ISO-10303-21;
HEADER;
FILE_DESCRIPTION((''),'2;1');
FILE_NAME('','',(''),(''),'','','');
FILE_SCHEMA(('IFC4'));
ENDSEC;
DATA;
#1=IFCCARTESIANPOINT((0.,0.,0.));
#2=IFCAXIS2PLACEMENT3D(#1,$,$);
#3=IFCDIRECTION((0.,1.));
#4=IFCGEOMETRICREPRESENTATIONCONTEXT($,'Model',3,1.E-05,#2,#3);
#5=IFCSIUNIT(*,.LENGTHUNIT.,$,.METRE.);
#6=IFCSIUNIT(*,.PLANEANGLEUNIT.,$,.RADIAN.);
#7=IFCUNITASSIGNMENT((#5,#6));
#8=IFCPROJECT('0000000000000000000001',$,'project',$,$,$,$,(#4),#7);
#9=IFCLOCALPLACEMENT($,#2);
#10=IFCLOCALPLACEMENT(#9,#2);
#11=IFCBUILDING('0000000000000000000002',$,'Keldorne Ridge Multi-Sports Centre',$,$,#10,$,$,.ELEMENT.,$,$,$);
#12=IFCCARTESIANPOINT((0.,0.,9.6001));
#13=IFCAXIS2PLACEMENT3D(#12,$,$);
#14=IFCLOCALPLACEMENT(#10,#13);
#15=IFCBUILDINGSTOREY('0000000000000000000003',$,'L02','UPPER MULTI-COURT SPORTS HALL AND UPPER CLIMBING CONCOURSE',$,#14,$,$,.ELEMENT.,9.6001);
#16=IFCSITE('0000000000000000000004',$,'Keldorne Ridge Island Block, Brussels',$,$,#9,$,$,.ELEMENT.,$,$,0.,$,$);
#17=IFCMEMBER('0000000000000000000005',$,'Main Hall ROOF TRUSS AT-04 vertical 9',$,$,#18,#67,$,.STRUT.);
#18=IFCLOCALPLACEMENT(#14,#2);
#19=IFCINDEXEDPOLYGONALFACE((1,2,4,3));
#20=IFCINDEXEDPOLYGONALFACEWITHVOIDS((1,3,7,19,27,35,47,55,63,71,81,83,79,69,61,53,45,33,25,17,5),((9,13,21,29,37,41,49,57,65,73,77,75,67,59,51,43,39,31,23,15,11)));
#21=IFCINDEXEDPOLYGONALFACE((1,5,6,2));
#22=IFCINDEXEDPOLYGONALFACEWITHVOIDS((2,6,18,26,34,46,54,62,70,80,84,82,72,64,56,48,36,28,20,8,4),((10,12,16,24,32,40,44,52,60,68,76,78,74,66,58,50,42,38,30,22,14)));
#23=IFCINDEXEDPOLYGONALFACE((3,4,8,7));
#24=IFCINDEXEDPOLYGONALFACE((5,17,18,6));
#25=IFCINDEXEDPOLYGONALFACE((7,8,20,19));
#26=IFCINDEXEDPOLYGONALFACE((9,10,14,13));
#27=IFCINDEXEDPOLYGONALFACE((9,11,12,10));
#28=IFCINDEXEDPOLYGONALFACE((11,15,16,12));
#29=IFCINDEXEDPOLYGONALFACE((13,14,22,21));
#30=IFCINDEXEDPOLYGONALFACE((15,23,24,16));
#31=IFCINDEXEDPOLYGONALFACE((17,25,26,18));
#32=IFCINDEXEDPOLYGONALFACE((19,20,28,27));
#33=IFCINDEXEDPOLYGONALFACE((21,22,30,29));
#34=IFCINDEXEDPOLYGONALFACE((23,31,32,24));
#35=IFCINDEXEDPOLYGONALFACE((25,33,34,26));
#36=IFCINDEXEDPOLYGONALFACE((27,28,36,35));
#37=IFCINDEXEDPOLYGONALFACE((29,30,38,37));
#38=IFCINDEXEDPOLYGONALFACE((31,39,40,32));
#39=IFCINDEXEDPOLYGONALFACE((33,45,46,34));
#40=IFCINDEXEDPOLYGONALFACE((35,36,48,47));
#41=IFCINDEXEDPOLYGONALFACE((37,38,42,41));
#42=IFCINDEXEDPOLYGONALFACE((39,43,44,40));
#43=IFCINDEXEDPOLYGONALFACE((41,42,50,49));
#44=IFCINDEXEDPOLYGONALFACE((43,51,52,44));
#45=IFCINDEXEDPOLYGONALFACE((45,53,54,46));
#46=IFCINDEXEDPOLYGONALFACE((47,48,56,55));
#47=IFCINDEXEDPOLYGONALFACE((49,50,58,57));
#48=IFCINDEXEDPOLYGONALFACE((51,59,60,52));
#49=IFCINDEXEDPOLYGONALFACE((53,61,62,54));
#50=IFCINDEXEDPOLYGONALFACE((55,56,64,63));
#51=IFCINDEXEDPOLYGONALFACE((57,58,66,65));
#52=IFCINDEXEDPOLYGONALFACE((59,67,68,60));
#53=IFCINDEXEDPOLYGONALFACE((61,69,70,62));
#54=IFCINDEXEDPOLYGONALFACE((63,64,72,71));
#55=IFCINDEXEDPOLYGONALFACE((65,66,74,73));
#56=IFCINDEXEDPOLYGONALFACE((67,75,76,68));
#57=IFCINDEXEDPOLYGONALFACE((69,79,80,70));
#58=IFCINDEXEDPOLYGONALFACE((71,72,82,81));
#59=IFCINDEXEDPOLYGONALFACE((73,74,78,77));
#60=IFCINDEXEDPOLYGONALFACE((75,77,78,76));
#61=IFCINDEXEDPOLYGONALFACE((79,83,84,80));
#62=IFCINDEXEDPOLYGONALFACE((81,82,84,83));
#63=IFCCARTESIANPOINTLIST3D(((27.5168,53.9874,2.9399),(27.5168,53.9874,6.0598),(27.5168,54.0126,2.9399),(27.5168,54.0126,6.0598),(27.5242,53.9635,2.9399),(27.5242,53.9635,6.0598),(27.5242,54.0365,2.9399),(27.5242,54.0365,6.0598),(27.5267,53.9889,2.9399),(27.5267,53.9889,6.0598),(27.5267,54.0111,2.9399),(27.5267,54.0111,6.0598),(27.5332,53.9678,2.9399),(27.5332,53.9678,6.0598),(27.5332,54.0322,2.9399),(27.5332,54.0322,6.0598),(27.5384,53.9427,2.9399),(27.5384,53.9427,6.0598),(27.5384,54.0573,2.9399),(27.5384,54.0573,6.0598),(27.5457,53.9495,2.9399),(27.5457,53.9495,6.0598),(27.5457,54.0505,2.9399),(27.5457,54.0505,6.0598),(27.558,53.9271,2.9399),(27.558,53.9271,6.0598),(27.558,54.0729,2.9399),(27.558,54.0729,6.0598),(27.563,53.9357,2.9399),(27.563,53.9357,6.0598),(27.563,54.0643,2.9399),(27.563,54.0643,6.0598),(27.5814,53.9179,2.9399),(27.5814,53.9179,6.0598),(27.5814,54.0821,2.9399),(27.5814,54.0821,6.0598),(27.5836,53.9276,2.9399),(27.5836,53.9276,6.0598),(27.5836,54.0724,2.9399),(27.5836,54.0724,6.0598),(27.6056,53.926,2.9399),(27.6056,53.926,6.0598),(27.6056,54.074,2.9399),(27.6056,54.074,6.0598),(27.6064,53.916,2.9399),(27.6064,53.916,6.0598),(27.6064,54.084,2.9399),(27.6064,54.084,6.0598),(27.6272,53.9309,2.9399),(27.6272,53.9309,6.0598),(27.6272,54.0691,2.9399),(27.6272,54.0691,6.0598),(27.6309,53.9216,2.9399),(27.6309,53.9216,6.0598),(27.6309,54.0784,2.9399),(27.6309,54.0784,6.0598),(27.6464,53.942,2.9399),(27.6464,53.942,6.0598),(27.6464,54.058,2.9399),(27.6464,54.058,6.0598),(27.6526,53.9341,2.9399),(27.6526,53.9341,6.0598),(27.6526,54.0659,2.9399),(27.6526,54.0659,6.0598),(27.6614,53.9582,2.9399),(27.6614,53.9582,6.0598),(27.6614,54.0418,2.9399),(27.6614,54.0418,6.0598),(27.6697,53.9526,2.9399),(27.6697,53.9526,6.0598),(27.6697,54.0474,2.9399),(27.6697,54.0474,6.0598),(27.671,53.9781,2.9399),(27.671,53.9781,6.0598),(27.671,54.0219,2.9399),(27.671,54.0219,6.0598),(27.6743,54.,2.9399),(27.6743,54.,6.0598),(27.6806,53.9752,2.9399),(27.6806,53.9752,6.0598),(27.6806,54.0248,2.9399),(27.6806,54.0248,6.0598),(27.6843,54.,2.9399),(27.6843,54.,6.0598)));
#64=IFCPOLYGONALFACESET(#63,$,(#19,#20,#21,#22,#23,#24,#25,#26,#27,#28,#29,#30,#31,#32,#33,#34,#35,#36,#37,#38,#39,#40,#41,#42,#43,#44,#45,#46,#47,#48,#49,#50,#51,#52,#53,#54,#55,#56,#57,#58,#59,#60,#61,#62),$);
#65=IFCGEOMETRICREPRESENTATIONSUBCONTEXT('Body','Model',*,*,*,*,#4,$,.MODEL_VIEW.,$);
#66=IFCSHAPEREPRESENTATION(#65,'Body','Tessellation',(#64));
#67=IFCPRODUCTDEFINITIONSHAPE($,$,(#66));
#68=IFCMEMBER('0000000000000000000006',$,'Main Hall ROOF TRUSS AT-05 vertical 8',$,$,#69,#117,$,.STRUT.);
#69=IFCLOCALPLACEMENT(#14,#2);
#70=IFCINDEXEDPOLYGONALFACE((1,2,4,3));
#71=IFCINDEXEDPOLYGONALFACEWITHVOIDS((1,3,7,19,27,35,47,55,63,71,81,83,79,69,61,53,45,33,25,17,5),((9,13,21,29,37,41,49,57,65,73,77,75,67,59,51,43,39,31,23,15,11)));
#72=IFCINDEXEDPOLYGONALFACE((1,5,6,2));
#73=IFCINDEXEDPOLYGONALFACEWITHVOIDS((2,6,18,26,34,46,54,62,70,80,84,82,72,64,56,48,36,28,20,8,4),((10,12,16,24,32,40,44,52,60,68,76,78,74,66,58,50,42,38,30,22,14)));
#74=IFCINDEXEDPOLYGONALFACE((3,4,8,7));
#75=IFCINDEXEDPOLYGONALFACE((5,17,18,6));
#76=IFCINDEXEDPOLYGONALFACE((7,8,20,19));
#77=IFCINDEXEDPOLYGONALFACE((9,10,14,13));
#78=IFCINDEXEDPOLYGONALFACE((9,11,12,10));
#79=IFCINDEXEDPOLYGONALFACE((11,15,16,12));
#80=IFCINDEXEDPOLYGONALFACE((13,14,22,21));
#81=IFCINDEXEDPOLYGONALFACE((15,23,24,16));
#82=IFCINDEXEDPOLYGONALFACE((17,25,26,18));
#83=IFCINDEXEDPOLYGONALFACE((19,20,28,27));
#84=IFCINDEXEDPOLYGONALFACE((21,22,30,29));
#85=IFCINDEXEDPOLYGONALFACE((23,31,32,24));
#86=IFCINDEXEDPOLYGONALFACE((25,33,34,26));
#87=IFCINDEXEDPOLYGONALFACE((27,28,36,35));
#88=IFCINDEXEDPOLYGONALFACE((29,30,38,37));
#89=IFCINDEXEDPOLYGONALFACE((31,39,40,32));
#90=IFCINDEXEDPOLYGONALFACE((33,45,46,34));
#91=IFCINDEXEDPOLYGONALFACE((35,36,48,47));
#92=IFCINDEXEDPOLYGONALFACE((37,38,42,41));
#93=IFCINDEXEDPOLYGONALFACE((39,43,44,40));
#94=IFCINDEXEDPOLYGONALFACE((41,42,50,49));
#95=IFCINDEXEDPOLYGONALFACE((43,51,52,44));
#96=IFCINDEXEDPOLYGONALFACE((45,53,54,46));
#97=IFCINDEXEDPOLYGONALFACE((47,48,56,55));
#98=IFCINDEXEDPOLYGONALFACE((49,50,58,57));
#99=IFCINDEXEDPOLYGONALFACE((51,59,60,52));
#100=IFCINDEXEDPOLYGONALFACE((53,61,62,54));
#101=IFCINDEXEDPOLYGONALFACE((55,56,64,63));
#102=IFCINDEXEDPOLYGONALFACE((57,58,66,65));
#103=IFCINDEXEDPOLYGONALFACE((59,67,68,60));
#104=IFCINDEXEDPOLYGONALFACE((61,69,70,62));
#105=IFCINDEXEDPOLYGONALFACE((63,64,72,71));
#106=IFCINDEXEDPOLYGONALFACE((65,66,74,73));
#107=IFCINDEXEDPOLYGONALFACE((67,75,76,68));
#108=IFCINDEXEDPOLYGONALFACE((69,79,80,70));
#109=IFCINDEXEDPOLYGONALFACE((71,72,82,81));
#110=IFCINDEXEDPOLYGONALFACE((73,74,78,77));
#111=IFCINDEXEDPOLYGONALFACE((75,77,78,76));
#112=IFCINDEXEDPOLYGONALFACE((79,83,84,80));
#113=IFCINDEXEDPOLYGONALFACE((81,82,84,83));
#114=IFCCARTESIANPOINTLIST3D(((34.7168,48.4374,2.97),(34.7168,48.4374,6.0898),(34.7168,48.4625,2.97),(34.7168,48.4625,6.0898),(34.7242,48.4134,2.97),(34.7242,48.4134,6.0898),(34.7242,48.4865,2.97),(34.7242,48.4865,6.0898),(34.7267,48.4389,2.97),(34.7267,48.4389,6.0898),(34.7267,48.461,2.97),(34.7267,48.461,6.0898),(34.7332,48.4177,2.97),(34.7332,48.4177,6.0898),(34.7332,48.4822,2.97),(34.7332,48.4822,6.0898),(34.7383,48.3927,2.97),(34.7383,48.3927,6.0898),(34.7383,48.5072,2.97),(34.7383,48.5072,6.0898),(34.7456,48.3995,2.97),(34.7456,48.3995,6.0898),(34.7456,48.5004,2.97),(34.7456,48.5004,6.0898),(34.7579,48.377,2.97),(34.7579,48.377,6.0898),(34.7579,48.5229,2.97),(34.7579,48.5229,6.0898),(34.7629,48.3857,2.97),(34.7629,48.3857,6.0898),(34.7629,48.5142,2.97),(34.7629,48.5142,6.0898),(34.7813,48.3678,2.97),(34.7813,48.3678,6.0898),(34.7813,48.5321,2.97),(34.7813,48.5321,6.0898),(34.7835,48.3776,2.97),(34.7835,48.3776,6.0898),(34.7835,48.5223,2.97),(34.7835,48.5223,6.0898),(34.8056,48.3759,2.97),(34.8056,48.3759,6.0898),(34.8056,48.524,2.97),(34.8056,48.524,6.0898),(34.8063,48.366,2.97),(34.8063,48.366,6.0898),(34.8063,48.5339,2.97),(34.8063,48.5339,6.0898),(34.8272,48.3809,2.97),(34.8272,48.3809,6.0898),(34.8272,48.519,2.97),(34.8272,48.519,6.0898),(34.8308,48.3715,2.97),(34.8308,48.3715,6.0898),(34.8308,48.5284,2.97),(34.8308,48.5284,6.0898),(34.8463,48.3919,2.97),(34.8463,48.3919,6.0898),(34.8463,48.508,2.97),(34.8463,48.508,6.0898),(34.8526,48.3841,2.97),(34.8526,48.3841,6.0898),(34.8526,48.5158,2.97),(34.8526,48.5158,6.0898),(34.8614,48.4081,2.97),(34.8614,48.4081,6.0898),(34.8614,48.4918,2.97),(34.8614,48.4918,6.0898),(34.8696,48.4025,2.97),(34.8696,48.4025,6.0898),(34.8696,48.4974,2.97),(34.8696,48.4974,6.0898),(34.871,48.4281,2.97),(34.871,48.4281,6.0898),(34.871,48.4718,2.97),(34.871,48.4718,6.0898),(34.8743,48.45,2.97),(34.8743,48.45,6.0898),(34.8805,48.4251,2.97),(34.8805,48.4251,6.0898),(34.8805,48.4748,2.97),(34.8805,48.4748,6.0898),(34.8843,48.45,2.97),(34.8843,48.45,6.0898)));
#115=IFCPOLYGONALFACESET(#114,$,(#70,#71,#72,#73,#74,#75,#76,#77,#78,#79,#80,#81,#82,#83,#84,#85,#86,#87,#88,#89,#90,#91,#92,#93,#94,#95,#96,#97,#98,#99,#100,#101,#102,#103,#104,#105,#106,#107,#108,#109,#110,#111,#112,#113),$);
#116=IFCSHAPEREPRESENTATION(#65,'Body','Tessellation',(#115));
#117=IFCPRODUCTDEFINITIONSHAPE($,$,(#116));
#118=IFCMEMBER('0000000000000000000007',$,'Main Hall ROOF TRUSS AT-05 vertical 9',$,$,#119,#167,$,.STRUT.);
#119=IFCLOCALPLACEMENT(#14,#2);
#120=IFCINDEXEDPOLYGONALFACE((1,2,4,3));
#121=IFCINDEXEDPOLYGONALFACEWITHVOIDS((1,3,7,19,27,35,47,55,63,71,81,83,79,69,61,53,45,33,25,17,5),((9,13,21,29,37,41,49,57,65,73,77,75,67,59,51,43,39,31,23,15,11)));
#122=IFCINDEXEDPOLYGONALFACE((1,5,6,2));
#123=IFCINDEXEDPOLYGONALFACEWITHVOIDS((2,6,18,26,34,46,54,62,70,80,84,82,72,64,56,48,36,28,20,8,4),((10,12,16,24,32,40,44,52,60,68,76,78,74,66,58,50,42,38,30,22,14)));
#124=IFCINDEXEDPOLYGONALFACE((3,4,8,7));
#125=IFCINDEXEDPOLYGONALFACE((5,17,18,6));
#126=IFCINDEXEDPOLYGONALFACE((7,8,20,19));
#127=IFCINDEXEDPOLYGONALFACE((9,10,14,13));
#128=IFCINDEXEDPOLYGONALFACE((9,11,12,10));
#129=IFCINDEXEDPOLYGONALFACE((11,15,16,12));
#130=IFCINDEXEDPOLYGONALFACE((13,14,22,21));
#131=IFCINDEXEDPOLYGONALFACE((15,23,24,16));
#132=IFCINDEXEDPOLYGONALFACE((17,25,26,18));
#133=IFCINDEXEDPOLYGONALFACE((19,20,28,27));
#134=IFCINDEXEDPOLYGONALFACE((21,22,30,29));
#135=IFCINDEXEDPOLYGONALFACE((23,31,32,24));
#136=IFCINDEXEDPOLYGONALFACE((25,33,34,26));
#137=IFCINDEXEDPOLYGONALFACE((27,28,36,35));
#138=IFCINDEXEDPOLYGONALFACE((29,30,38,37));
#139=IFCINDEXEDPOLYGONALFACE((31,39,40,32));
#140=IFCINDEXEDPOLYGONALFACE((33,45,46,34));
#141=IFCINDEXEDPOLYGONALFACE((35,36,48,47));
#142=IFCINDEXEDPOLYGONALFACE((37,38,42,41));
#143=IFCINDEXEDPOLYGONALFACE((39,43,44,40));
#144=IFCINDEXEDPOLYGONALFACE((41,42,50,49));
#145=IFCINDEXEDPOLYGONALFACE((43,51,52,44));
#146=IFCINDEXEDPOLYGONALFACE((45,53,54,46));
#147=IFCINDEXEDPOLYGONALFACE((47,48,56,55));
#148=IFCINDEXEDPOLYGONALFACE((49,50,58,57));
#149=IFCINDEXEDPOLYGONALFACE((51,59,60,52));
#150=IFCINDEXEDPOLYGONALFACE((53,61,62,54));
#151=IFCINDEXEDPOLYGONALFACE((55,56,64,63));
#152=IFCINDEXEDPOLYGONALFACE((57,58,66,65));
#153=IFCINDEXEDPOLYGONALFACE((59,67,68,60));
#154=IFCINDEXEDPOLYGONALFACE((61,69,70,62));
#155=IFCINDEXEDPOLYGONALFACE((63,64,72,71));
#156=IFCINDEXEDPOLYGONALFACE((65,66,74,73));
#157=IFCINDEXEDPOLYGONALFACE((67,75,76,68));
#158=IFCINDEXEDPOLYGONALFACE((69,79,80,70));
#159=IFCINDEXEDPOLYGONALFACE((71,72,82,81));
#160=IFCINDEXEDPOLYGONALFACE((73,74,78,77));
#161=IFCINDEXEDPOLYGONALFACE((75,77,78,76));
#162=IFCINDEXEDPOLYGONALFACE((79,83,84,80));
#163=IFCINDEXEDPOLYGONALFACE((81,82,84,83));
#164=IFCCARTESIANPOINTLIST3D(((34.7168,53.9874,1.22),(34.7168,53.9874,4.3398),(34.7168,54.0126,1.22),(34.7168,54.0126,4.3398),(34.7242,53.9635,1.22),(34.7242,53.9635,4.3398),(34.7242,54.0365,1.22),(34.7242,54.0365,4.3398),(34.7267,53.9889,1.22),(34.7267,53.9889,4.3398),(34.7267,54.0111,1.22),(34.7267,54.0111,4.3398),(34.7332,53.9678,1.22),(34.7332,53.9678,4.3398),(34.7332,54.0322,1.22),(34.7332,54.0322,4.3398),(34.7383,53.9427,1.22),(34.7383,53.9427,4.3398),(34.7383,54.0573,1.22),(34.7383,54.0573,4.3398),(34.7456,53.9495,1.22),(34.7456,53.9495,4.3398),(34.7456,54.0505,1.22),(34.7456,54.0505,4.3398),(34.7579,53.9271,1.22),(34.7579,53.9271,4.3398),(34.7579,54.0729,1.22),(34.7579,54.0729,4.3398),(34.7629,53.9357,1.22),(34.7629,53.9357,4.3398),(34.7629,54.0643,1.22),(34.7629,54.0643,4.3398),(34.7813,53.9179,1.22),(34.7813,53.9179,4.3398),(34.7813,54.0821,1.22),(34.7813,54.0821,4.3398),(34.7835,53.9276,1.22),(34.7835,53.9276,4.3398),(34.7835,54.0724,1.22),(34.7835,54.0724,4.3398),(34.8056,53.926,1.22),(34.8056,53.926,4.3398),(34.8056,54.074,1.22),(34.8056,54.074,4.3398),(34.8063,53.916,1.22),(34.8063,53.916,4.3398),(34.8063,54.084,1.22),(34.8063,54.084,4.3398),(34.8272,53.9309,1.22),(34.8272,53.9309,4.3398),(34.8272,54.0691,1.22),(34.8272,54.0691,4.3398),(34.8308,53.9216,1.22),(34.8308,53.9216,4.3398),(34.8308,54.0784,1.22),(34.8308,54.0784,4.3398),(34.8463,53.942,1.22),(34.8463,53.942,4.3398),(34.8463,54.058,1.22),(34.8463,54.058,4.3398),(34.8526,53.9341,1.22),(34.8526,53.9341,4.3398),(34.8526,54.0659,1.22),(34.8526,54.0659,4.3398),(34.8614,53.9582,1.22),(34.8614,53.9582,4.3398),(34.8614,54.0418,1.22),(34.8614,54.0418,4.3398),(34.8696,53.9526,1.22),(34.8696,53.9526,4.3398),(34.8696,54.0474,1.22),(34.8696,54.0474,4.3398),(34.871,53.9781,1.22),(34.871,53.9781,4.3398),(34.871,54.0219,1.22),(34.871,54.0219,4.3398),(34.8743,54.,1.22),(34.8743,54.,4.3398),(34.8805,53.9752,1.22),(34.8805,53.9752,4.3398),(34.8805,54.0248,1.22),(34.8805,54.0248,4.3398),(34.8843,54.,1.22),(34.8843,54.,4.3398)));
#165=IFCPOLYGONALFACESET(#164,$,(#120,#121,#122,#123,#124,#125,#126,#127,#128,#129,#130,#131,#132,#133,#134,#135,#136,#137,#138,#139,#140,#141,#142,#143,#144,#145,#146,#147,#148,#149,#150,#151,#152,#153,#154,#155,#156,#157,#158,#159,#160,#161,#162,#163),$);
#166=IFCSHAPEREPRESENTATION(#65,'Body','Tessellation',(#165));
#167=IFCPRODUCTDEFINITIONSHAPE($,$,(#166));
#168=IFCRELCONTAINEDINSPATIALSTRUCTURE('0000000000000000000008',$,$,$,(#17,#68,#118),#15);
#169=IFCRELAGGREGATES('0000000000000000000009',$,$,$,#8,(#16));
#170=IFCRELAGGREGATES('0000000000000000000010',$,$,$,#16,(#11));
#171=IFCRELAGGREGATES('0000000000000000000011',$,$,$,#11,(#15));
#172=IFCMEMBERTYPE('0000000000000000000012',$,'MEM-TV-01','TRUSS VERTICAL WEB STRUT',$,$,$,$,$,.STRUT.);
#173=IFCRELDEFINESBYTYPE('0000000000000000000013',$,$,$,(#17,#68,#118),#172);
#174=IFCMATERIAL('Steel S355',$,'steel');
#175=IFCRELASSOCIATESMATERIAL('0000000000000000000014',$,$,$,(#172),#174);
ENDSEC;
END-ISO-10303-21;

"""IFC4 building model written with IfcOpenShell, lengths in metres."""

from ifc_helpers import new_model, si_unit, direction, frame, origin, origin_2d, place, context, subcontext, project, spatial, hollow_circle, extrude, material, material_profile, profile_set, type_object, element, save


model = new_model("IFC4")

# Units and contexts
model_context = context("Model", 3, precision=1e-05, world=origin(), true_north=direction((0.0, 1.0)))
body_context = subcontext(model_context, "Body", "Model", "MODEL_VIEW")
ifc_project = project(units=[si_unit("LENGTHUNIT", "METRE"), si_unit("PLANEANGLEUNIT", "RADIAN")], contexts=[model_context])

# Site, building, storey
site_placement = place(None, origin())
site = spatial("IfcSite", under=ifc_project, at=site_placement, Name="Keldorne Ridge Island Block, Brussels", CompositionType="ELEMENT", RefElevation=0.0)
building_placement = place(site_placement, origin())
building = spatial("IfcBuilding", under=site, at=building_placement, Name="Keldorne Ridge Multi-Sports Centre", CompositionType="ELEMENT")
storey_placement = place(building_placement, frame((0.0, 0.0, 9.6001)))
storey = spatial("IfcBuildingStorey", under=building, at=storey_placement, Name="L02", Description="UPPER MULTI-COURT SPORTS HALL AND UPPER CLIMBING CONCOURSE", CompositionType="ELEMENT", Elevation=9.6001)

# Shared definitions
ifc_material_1 = material(Name="Steel S355", Category="steel")

# Members
ifc_material_profile_1 = material_profile(ifc_material_1, hollow_circle(Radius=0.0842, WallThickness=0.01, at=origin_2d()), Name="CHS 168.3x10")
ifc_profile_set_1 = profile_set([ifc_material_profile_1], Name="Steel S355")
member_type_1 = type_object("IfcMemberType", Name="MEM-TV-01", Description="TRUSS VERTICAL WEB STRUT", PredefinedType="STRUT", material=ifc_profile_set_1)
for number, where, z_axis, x_axis, name in (
    (1, (27.6001, 54.0, 2.9399), (0.0, 0.0, 1.0), (1.0, 0.0, 0.0), "Main Hall ROOF TRUSS AT-04 vertical 9"),
    (2, (34.8, 48.45, 2.97), (0.0, 0.0, 1.0), (1.0, 0.0, 0.0), "Main Hall ROOF TRUSS AT-05 vertical 8"),
    (3, (34.8, 54.0, 1.22), (0.0, 0.0, 1.0), (1.0, 0.0, 0.0), "Main Hall ROOF TRUSS AT-05 vertical 9"),
):
    element("IfcMember", number, at=place(storey_placement, frame(where, z_axis=z_axis, x_axis=x_axis)), inside=storey, type_object=member_type_1, Name=name, PredefinedType="STRUT", context=body_context, shape_type="SweptSolid", body=[
        extrude(hollow_circle(Radius=0.0842, WallThickness=0.01, at=origin_2d()), origin(), (0.0, 0.0, 1.0), 3.1199),
    ])

save(model, "model.ifc")
